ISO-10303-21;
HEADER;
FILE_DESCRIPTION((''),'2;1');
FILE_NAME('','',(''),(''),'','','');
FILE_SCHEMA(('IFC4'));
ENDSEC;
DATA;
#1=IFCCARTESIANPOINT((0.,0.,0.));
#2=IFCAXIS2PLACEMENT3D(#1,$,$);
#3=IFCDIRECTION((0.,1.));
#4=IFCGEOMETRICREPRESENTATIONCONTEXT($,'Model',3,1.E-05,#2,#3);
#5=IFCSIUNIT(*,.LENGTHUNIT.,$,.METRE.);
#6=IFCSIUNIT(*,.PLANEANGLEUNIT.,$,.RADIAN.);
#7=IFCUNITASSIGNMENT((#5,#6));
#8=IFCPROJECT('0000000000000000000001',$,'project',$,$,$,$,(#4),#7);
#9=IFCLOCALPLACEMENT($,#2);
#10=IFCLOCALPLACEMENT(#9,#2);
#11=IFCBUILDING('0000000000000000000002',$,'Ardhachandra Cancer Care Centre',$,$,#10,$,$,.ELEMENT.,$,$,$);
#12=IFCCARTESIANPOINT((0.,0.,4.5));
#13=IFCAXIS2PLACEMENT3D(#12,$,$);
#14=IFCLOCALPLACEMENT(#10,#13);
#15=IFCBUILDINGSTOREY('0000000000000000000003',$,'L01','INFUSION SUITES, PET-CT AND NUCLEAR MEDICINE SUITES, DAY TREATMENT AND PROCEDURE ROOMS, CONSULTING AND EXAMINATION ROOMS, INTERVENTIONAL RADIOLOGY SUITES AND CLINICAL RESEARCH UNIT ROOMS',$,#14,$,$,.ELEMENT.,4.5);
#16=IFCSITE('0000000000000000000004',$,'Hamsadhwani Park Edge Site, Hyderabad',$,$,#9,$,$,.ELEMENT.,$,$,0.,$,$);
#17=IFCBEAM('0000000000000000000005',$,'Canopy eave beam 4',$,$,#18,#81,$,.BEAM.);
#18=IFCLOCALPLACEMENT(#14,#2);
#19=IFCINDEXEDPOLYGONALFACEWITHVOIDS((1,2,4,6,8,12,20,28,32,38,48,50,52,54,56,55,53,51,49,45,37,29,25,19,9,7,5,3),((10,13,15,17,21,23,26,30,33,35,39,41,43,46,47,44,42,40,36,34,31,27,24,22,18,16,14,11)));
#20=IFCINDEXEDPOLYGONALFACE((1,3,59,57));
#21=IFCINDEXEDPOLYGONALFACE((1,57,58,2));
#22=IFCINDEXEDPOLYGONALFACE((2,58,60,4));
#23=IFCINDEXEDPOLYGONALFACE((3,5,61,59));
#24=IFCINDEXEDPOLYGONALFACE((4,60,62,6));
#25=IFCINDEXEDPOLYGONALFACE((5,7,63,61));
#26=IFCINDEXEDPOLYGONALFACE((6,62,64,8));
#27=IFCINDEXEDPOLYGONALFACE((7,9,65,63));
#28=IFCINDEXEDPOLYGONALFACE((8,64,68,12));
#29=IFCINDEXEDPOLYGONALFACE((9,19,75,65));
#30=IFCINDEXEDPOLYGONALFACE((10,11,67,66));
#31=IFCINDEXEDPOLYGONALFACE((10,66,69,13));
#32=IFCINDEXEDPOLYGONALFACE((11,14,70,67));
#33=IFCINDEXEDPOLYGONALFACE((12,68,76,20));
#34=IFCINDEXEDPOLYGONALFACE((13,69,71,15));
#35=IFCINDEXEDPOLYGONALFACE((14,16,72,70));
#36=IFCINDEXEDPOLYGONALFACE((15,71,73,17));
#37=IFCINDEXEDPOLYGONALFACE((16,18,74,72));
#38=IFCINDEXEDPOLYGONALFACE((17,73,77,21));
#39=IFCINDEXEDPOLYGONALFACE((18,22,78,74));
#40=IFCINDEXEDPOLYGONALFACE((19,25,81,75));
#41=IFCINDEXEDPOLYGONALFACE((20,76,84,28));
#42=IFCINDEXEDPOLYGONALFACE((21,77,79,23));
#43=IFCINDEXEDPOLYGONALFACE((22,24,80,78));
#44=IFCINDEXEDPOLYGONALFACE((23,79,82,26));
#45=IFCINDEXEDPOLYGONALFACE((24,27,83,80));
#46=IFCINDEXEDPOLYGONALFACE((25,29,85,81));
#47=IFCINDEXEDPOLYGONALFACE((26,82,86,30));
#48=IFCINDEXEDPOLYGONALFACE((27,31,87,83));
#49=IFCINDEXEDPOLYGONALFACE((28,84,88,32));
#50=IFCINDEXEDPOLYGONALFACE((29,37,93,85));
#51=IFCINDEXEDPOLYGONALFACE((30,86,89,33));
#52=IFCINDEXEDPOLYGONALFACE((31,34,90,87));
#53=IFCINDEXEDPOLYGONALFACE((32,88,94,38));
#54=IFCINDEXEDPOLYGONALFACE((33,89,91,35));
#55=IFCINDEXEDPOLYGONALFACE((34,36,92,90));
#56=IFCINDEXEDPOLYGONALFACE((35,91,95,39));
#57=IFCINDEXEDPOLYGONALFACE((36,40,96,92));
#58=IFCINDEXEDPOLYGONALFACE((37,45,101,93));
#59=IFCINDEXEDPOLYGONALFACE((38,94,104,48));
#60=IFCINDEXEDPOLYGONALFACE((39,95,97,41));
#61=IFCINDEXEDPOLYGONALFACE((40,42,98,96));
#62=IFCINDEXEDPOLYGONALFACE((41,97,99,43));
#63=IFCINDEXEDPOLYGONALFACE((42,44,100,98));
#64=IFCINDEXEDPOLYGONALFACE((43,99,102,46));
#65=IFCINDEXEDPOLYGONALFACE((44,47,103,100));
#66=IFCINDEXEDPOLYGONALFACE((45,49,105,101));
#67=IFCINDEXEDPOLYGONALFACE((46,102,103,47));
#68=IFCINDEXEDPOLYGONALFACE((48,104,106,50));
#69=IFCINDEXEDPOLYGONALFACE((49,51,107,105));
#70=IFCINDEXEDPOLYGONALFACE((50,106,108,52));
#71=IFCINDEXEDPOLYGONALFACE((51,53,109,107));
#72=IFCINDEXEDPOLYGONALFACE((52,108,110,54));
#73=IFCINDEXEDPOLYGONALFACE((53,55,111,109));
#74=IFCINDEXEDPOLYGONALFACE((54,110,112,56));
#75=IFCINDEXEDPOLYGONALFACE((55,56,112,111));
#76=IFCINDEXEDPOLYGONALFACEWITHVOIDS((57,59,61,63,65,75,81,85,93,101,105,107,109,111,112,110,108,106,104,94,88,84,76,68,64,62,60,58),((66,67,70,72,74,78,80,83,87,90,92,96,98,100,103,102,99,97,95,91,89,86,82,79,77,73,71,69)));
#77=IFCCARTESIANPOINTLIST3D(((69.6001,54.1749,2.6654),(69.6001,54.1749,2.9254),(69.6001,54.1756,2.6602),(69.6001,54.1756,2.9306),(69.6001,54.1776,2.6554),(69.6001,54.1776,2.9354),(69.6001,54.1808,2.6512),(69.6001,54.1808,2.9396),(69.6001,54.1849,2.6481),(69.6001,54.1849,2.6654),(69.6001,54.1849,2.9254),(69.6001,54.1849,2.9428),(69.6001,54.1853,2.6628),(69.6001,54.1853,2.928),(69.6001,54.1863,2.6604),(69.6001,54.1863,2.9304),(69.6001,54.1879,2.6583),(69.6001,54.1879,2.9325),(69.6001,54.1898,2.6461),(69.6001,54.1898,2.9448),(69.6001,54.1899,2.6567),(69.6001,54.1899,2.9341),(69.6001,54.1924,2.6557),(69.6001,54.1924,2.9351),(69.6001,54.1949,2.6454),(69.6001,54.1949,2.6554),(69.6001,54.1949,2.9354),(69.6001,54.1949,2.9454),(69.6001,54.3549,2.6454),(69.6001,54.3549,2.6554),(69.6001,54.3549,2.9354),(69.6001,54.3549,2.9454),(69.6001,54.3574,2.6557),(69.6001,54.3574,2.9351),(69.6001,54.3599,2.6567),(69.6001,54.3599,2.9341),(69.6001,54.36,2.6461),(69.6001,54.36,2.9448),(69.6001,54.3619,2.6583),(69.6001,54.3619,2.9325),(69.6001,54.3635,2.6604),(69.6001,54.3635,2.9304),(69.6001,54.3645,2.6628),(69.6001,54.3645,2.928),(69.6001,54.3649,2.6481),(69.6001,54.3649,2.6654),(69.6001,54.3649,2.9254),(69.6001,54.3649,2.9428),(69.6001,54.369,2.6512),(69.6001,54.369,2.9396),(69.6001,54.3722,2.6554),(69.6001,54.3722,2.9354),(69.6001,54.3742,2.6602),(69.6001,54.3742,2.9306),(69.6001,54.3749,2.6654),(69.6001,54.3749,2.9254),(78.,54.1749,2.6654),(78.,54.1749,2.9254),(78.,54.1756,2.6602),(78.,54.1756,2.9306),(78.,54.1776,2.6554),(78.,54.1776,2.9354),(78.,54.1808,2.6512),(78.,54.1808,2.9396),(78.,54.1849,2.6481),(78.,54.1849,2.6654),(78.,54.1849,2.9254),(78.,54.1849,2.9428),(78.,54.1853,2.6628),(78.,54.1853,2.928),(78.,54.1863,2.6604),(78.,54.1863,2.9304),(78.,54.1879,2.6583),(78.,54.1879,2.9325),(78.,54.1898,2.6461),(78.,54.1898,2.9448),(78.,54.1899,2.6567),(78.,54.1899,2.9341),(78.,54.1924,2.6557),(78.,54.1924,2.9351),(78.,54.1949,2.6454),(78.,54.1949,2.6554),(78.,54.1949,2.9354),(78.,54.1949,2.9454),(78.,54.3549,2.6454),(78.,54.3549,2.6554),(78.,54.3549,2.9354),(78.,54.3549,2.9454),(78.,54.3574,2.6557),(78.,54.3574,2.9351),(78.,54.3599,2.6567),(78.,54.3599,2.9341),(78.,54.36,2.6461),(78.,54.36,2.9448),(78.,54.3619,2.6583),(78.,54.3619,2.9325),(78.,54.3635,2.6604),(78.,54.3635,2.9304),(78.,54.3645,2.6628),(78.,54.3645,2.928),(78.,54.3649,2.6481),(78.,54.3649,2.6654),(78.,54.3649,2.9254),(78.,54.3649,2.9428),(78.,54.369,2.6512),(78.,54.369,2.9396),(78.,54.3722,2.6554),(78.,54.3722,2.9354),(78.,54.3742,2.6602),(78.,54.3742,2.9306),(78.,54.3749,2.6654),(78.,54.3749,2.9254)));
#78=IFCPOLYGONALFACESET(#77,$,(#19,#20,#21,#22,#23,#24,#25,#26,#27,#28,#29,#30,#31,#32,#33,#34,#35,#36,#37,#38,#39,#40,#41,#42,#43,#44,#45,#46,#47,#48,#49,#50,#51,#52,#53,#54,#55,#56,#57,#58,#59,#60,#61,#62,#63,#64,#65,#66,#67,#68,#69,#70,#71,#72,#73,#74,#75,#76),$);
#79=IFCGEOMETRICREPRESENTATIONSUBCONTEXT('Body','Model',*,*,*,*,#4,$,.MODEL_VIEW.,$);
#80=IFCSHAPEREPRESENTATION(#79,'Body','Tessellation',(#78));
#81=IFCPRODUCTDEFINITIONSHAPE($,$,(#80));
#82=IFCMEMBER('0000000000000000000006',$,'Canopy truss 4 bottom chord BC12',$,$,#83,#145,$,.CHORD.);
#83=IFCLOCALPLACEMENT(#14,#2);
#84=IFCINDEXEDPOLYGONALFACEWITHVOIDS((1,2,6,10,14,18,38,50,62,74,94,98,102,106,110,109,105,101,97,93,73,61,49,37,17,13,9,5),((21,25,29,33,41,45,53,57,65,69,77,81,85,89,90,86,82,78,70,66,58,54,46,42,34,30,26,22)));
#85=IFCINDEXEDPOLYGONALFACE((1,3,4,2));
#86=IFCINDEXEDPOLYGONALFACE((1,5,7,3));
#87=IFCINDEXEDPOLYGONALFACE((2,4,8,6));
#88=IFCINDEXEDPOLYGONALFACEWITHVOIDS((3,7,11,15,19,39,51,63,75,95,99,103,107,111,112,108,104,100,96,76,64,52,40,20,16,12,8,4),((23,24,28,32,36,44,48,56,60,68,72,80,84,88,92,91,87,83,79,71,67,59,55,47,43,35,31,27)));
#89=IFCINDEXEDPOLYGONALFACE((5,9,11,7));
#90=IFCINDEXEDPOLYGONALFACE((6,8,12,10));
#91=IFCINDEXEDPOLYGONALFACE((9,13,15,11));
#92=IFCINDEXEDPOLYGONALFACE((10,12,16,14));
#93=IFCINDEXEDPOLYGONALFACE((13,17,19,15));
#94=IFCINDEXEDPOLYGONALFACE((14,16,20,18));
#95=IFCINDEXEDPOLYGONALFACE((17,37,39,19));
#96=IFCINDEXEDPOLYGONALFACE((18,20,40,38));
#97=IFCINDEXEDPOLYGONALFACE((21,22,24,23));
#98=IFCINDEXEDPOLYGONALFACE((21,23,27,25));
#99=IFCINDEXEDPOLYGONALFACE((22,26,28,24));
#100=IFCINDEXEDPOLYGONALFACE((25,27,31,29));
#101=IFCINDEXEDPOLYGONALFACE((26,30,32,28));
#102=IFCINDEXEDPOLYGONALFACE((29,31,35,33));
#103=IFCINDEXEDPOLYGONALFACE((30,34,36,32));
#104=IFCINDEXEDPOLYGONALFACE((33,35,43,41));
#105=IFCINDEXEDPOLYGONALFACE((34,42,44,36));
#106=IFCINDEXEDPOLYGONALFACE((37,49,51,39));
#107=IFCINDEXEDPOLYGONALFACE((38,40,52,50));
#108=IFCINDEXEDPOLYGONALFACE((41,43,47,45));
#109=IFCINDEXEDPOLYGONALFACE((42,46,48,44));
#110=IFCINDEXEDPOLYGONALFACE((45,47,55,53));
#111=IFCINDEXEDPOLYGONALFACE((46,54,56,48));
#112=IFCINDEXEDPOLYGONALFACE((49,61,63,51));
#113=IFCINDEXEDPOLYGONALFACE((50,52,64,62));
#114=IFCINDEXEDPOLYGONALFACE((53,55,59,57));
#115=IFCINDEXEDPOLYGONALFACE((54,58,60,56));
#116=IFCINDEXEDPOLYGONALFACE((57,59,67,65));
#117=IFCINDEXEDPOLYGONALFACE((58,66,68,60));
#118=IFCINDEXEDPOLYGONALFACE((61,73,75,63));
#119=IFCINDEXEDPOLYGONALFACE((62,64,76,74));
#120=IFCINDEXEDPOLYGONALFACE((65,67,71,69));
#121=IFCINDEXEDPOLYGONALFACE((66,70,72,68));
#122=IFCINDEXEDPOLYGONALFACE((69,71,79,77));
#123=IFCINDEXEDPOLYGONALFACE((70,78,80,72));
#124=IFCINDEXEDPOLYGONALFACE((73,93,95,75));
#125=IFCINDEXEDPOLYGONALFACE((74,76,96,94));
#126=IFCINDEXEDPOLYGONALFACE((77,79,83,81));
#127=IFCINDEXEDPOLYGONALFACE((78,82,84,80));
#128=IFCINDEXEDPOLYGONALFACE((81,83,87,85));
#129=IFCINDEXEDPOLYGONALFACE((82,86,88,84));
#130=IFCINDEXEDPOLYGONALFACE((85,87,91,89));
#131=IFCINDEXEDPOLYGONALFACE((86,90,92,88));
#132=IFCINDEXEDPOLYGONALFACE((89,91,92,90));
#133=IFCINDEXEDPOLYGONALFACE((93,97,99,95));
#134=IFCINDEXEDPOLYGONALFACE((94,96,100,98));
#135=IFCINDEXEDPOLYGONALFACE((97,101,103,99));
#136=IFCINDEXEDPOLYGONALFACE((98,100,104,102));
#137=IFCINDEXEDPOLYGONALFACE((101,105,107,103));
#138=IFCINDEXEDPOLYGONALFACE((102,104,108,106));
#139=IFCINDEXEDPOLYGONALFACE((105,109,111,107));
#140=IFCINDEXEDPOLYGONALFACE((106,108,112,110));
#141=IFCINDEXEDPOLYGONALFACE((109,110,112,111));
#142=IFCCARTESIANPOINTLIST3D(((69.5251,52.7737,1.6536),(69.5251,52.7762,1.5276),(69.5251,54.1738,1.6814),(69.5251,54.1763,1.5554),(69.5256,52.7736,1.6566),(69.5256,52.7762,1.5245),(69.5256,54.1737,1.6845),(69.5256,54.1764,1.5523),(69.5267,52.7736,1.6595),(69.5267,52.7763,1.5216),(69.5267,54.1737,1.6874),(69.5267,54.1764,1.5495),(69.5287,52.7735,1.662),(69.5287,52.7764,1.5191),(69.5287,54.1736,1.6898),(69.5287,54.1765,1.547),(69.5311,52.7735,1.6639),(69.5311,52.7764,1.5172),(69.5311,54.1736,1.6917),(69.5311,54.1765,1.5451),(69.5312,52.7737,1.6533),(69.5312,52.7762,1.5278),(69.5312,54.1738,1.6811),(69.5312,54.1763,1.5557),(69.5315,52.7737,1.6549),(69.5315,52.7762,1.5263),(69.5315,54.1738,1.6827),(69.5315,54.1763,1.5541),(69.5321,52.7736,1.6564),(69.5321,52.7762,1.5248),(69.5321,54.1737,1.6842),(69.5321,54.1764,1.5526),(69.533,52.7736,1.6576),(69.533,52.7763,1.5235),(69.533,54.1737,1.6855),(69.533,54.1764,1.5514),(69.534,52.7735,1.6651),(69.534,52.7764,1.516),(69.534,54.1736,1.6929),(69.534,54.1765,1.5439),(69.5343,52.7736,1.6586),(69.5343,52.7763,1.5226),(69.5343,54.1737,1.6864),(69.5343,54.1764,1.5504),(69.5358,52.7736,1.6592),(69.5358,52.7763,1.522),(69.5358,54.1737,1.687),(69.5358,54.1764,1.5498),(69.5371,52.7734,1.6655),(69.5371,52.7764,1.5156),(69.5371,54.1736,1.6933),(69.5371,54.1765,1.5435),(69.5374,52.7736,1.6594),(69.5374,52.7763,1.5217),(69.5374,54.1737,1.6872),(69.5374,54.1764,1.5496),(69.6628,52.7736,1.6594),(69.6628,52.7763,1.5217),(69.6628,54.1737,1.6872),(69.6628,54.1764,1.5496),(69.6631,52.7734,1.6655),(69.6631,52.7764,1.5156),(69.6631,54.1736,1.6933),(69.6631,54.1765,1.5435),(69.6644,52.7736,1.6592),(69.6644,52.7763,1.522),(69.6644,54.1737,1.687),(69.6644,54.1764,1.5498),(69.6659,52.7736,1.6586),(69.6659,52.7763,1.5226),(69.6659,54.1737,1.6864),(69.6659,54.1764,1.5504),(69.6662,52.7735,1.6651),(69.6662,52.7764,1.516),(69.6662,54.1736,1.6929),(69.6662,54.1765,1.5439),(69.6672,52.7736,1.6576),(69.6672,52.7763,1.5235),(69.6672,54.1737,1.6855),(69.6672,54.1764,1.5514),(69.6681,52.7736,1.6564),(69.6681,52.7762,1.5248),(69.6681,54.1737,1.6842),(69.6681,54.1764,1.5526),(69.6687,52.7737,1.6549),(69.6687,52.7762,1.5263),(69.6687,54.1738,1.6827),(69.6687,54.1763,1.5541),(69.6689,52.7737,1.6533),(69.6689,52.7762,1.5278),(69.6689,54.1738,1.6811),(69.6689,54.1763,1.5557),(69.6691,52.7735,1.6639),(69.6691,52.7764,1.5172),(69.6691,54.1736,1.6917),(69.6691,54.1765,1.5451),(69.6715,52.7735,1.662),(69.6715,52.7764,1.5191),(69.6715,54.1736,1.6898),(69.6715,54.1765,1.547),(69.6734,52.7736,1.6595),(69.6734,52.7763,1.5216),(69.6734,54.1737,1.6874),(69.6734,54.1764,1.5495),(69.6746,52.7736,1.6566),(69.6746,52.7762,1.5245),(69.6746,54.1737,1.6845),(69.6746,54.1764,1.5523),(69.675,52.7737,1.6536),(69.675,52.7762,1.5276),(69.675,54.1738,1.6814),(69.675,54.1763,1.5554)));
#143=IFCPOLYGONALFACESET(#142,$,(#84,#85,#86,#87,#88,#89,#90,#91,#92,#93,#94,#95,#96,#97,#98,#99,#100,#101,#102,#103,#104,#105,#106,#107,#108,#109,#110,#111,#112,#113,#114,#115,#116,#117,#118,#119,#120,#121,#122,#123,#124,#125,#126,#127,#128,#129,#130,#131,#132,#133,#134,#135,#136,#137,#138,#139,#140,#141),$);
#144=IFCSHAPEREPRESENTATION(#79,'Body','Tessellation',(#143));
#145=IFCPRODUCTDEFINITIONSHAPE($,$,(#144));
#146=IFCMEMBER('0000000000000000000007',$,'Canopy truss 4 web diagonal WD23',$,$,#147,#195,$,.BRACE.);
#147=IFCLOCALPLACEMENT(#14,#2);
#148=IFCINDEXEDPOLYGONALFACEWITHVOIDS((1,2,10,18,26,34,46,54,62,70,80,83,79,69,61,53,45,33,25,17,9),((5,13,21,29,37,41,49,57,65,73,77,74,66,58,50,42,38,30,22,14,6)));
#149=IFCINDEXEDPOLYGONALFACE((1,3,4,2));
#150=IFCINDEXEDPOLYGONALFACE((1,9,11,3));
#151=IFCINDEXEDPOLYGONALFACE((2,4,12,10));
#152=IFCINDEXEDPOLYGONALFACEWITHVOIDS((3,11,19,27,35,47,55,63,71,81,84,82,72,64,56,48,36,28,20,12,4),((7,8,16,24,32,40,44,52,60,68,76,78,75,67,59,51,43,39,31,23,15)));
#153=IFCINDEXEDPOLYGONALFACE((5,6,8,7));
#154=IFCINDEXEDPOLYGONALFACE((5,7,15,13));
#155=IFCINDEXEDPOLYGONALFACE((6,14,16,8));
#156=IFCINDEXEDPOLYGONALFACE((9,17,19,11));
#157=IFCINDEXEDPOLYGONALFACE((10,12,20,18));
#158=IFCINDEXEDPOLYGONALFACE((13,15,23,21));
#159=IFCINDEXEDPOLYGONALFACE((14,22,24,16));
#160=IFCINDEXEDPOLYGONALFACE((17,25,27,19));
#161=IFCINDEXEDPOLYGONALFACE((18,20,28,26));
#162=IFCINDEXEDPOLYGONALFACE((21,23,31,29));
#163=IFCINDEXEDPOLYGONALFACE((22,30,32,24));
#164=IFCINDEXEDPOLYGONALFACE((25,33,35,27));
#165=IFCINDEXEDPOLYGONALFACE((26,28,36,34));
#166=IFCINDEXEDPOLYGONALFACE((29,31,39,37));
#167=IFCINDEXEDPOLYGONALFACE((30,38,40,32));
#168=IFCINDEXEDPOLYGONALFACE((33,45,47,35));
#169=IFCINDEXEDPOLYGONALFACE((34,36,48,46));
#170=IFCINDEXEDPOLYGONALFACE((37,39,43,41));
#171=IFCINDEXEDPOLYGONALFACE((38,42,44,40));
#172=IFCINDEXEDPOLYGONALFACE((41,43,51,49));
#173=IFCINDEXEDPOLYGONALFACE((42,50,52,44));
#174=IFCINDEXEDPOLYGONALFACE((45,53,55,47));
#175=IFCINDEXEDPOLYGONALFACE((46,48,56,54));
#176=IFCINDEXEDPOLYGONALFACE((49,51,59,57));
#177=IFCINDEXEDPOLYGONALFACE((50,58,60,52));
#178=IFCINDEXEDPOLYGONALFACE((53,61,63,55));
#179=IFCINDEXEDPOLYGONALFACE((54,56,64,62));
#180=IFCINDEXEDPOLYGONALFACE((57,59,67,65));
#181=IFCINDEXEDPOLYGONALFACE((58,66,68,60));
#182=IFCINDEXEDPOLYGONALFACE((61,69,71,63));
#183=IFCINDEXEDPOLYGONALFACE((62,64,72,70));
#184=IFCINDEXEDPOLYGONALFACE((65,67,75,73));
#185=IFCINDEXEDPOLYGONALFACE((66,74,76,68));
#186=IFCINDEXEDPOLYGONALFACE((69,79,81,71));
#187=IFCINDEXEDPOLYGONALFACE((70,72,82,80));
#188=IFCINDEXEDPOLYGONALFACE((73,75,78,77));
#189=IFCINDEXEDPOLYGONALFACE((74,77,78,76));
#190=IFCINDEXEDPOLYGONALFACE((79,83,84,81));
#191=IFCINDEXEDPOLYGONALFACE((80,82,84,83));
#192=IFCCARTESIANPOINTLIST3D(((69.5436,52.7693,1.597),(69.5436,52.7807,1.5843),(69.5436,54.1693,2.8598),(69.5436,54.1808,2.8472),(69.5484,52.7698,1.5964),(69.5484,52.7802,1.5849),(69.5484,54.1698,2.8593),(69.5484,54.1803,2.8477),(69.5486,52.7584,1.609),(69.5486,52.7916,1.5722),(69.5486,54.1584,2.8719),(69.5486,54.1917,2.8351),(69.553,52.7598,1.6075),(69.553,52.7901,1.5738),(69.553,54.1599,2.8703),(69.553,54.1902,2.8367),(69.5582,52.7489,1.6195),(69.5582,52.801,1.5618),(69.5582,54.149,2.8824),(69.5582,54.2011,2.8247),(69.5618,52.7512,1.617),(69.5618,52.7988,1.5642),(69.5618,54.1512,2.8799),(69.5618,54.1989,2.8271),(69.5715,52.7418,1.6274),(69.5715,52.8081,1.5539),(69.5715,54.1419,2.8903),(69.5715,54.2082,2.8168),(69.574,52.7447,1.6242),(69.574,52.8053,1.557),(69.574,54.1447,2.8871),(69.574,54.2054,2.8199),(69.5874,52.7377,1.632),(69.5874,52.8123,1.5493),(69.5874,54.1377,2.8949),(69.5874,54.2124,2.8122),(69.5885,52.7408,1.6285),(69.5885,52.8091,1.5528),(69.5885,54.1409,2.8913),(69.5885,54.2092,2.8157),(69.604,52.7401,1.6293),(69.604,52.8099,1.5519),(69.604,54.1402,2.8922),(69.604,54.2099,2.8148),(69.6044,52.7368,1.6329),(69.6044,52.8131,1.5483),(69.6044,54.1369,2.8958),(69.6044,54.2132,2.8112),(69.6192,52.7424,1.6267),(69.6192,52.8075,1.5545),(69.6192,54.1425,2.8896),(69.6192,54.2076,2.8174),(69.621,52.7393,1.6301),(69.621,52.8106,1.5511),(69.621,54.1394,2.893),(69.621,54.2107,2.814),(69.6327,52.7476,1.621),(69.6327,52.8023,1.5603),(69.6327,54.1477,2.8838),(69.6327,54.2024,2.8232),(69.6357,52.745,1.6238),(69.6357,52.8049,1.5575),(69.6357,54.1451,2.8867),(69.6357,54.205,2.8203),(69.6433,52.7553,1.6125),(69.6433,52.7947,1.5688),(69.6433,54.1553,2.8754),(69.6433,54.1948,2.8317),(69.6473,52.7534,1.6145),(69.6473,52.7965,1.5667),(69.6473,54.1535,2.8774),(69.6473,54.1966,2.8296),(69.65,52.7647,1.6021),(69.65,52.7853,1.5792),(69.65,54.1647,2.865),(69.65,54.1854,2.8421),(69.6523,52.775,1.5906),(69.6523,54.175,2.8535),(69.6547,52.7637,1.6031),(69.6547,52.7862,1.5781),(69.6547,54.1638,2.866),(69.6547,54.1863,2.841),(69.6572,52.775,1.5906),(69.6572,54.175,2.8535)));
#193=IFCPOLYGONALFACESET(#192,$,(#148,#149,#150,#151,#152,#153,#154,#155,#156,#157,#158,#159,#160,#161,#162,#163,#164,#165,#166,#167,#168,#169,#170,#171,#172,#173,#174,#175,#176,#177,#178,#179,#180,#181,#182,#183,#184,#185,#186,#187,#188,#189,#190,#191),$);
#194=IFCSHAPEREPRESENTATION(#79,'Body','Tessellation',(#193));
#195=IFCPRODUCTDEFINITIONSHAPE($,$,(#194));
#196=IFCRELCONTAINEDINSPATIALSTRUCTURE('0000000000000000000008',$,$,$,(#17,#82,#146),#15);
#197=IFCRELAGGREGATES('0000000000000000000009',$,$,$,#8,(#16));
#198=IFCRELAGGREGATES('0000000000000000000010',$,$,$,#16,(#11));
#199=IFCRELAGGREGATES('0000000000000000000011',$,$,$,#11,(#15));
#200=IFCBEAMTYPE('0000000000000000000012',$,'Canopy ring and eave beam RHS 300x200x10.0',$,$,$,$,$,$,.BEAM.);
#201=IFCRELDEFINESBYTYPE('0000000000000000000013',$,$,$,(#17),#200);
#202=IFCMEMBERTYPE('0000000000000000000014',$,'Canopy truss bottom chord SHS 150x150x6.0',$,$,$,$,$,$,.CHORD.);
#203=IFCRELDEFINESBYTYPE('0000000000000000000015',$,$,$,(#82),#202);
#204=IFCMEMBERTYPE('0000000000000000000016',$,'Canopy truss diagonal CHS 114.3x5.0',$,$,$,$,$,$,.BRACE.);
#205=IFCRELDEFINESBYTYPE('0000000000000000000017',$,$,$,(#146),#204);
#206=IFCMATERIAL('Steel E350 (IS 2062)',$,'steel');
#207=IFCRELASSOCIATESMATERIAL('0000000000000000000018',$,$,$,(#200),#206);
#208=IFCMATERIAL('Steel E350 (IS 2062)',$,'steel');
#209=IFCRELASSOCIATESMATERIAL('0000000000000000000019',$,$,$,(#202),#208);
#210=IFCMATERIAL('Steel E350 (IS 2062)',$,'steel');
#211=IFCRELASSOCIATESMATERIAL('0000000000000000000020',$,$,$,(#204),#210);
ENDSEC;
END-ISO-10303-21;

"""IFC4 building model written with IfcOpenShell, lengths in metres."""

from ifc_helpers import new_model, si_unit, direction, frame, origin, origin_2d, place, context, subcontext, project, spatial, hollow_rectangle, hollow_circle, extrude, material, material_profile, profile_set, type_object, element, save


model = new_model("IFC4")

# Units and contexts
model_context = context("Model", 3, precision=1e-05, world=origin(), true_north=direction((0.0, 1.0)))
body_context = subcontext(model_context, "Body", "Model", "MODEL_VIEW")
ifc_project = project(units=[si_unit("LENGTHUNIT", "METRE"), si_unit("PLANEANGLEUNIT", "RADIAN")], contexts=[model_context])

# Site, building, storey
site_placement = place(None, origin())
site = spatial("IfcSite", under=ifc_project, at=site_placement, Name="Hamsadhwani Park Edge Site, Hyderabad", CompositionType="ELEMENT", RefElevation=0.0)
building_placement = place(site_placement, origin())
building = spatial("IfcBuilding", under=site, at=building_placement, Name="Ardhachandra Cancer Care Centre", CompositionType="ELEMENT")
storey_placement = place(building_placement, frame((0.0, 0.0, 4.5)))
storey = spatial("IfcBuildingStorey", under=building, at=storey_placement, Name="L01", Description="INFUSION SUITES, PET-CT AND NUCLEAR MEDICINE SUITES, DAY TREATMENT AND PROCEDURE ROOMS, CONSULTING AND EXAMINATION ROOMS, INTERVENTIONAL RADIOLOGY SUITES AND CLINICAL RESEARCH UNIT ROOMS", CompositionType="ELEMENT", Elevation=4.5)

# Beam
ifc_material_1 = material(Name="Steel E350 (IS 2062)", Category="steel")
ifc_material_profile_1 = material_profile(ifc_material_1, hollow_rectangle(XDim=0.2, YDim=0.3, WallThickness=0.01, InnerFilletRadius=0.01, OuterFilletRadius=0.02, at=origin_2d()), Name="RHS 300x200x10.0")
ifc_profile_set_1 = profile_set([ifc_material_profile_1], Name="Steel E350 (IS 2062)")
beam_type = type_object("IfcBeamType", Name="Canopy ring and eave beam RHS 300x200x10.0", PredefinedType="BEAM", material=ifc_profile_set_1)
beam_placement = place(storey_placement, frame((69.6001, 54.2749, 2.7954), z_axis=(1.0, 0.0, 0.0), x_axis=(0.0, 1.0, 0.0)))
element("IfcBeam", 1, at=beam_placement, inside=storey, type_object=beam_type, Name="Canopy eave beam 4", PredefinedType="BEAM", context=body_context, shape_type="SweptSolid", body=[
    extrude(hollow_rectangle(XDim=0.2, YDim=0.3, WallThickness=0.01, InnerFilletRadius=0.01, OuterFilletRadius=0.02, at=origin_2d()), origin(), (0.0, 0.0, 1.0), 8.3999),
])

# Members
ifc_material_2 = material(Name="Steel E350 (IS 2062)", Category="steel")
ifc_material_profile_2 = material_profile(ifc_material_2, hollow_rectangle(XDim=0.1499, YDim=0.1499, WallThickness=0.0061, InnerFilletRadius=0.0061, OuterFilletRadius=0.012, at=origin_2d()), Name="SHS 150x150x6.0")
ifc_profile_set_2 = profile_set([ifc_material_profile_2], Name="Steel E350 (IS 2062)")
member_type_1 = type_object("IfcMemberType", Name="Canopy truss bottom chord SHS 150x150x6.0", PredefinedType="CHORD", material=ifc_profile_set_2)
member_1_placement = place(storey_placement, frame((69.6001, 54.175, 1.6184), z_axis=(0.0, -0.999802, -0.019874), x_axis=(1.0, 0.0, 0.0)))
element("IfcMember", 2, at=member_1_placement, inside=storey, type_object=member_type_1, Name="Canopy truss 4 bottom chord BC12", PredefinedType="CHORD", context=body_context, shape_type="SweptSolid", body=[
    extrude(hollow_rectangle(XDim=0.1499, YDim=0.1499, WallThickness=0.0061, InnerFilletRadius=0.0061, OuterFilletRadius=0.012, at=origin_2d()), origin(), (0.0, 0.0, 1.0), 1.4004),
])
ifc_material_3 = material(Name="Steel E350 (IS 2062)", Category="steel")
ifc_material_profile_3 = material_profile(ifc_material_3, hollow_circle(Radius=0.0571, WallThickness=0.0049, at=origin_2d()), Name="CHS 114.3x5.0")
ifc_profile_set_3 = profile_set([ifc_material_profile_3], Name="Steel E350 (IS 2062)")
member_type_2 = type_object("IfcMemberType", Name="Canopy truss diagonal CHS 114.3x5.0", PredefinedType="BRACE", material=ifc_profile_set_3)
member_2_placement = place(storey_placement, frame((69.6001, 54.175, 2.8535), z_axis=(0.0, -0.742553, -0.669787), x_axis=(1.0, 0.0, 0.0)))
element("IfcMember", 3, at=member_2_placement, inside=storey, type_object=member_type_2, Name="Canopy truss 4 web diagonal WD23", PredefinedType="BRACE", context=body_context, shape_type="SweptSolid", body=[
    extrude(hollow_circle(Radius=0.0571, WallThickness=0.0049, at=origin_2d()), origin(), (0.0, 0.0, 1.0), 1.8855),
])

save(model, "model.ifc")
